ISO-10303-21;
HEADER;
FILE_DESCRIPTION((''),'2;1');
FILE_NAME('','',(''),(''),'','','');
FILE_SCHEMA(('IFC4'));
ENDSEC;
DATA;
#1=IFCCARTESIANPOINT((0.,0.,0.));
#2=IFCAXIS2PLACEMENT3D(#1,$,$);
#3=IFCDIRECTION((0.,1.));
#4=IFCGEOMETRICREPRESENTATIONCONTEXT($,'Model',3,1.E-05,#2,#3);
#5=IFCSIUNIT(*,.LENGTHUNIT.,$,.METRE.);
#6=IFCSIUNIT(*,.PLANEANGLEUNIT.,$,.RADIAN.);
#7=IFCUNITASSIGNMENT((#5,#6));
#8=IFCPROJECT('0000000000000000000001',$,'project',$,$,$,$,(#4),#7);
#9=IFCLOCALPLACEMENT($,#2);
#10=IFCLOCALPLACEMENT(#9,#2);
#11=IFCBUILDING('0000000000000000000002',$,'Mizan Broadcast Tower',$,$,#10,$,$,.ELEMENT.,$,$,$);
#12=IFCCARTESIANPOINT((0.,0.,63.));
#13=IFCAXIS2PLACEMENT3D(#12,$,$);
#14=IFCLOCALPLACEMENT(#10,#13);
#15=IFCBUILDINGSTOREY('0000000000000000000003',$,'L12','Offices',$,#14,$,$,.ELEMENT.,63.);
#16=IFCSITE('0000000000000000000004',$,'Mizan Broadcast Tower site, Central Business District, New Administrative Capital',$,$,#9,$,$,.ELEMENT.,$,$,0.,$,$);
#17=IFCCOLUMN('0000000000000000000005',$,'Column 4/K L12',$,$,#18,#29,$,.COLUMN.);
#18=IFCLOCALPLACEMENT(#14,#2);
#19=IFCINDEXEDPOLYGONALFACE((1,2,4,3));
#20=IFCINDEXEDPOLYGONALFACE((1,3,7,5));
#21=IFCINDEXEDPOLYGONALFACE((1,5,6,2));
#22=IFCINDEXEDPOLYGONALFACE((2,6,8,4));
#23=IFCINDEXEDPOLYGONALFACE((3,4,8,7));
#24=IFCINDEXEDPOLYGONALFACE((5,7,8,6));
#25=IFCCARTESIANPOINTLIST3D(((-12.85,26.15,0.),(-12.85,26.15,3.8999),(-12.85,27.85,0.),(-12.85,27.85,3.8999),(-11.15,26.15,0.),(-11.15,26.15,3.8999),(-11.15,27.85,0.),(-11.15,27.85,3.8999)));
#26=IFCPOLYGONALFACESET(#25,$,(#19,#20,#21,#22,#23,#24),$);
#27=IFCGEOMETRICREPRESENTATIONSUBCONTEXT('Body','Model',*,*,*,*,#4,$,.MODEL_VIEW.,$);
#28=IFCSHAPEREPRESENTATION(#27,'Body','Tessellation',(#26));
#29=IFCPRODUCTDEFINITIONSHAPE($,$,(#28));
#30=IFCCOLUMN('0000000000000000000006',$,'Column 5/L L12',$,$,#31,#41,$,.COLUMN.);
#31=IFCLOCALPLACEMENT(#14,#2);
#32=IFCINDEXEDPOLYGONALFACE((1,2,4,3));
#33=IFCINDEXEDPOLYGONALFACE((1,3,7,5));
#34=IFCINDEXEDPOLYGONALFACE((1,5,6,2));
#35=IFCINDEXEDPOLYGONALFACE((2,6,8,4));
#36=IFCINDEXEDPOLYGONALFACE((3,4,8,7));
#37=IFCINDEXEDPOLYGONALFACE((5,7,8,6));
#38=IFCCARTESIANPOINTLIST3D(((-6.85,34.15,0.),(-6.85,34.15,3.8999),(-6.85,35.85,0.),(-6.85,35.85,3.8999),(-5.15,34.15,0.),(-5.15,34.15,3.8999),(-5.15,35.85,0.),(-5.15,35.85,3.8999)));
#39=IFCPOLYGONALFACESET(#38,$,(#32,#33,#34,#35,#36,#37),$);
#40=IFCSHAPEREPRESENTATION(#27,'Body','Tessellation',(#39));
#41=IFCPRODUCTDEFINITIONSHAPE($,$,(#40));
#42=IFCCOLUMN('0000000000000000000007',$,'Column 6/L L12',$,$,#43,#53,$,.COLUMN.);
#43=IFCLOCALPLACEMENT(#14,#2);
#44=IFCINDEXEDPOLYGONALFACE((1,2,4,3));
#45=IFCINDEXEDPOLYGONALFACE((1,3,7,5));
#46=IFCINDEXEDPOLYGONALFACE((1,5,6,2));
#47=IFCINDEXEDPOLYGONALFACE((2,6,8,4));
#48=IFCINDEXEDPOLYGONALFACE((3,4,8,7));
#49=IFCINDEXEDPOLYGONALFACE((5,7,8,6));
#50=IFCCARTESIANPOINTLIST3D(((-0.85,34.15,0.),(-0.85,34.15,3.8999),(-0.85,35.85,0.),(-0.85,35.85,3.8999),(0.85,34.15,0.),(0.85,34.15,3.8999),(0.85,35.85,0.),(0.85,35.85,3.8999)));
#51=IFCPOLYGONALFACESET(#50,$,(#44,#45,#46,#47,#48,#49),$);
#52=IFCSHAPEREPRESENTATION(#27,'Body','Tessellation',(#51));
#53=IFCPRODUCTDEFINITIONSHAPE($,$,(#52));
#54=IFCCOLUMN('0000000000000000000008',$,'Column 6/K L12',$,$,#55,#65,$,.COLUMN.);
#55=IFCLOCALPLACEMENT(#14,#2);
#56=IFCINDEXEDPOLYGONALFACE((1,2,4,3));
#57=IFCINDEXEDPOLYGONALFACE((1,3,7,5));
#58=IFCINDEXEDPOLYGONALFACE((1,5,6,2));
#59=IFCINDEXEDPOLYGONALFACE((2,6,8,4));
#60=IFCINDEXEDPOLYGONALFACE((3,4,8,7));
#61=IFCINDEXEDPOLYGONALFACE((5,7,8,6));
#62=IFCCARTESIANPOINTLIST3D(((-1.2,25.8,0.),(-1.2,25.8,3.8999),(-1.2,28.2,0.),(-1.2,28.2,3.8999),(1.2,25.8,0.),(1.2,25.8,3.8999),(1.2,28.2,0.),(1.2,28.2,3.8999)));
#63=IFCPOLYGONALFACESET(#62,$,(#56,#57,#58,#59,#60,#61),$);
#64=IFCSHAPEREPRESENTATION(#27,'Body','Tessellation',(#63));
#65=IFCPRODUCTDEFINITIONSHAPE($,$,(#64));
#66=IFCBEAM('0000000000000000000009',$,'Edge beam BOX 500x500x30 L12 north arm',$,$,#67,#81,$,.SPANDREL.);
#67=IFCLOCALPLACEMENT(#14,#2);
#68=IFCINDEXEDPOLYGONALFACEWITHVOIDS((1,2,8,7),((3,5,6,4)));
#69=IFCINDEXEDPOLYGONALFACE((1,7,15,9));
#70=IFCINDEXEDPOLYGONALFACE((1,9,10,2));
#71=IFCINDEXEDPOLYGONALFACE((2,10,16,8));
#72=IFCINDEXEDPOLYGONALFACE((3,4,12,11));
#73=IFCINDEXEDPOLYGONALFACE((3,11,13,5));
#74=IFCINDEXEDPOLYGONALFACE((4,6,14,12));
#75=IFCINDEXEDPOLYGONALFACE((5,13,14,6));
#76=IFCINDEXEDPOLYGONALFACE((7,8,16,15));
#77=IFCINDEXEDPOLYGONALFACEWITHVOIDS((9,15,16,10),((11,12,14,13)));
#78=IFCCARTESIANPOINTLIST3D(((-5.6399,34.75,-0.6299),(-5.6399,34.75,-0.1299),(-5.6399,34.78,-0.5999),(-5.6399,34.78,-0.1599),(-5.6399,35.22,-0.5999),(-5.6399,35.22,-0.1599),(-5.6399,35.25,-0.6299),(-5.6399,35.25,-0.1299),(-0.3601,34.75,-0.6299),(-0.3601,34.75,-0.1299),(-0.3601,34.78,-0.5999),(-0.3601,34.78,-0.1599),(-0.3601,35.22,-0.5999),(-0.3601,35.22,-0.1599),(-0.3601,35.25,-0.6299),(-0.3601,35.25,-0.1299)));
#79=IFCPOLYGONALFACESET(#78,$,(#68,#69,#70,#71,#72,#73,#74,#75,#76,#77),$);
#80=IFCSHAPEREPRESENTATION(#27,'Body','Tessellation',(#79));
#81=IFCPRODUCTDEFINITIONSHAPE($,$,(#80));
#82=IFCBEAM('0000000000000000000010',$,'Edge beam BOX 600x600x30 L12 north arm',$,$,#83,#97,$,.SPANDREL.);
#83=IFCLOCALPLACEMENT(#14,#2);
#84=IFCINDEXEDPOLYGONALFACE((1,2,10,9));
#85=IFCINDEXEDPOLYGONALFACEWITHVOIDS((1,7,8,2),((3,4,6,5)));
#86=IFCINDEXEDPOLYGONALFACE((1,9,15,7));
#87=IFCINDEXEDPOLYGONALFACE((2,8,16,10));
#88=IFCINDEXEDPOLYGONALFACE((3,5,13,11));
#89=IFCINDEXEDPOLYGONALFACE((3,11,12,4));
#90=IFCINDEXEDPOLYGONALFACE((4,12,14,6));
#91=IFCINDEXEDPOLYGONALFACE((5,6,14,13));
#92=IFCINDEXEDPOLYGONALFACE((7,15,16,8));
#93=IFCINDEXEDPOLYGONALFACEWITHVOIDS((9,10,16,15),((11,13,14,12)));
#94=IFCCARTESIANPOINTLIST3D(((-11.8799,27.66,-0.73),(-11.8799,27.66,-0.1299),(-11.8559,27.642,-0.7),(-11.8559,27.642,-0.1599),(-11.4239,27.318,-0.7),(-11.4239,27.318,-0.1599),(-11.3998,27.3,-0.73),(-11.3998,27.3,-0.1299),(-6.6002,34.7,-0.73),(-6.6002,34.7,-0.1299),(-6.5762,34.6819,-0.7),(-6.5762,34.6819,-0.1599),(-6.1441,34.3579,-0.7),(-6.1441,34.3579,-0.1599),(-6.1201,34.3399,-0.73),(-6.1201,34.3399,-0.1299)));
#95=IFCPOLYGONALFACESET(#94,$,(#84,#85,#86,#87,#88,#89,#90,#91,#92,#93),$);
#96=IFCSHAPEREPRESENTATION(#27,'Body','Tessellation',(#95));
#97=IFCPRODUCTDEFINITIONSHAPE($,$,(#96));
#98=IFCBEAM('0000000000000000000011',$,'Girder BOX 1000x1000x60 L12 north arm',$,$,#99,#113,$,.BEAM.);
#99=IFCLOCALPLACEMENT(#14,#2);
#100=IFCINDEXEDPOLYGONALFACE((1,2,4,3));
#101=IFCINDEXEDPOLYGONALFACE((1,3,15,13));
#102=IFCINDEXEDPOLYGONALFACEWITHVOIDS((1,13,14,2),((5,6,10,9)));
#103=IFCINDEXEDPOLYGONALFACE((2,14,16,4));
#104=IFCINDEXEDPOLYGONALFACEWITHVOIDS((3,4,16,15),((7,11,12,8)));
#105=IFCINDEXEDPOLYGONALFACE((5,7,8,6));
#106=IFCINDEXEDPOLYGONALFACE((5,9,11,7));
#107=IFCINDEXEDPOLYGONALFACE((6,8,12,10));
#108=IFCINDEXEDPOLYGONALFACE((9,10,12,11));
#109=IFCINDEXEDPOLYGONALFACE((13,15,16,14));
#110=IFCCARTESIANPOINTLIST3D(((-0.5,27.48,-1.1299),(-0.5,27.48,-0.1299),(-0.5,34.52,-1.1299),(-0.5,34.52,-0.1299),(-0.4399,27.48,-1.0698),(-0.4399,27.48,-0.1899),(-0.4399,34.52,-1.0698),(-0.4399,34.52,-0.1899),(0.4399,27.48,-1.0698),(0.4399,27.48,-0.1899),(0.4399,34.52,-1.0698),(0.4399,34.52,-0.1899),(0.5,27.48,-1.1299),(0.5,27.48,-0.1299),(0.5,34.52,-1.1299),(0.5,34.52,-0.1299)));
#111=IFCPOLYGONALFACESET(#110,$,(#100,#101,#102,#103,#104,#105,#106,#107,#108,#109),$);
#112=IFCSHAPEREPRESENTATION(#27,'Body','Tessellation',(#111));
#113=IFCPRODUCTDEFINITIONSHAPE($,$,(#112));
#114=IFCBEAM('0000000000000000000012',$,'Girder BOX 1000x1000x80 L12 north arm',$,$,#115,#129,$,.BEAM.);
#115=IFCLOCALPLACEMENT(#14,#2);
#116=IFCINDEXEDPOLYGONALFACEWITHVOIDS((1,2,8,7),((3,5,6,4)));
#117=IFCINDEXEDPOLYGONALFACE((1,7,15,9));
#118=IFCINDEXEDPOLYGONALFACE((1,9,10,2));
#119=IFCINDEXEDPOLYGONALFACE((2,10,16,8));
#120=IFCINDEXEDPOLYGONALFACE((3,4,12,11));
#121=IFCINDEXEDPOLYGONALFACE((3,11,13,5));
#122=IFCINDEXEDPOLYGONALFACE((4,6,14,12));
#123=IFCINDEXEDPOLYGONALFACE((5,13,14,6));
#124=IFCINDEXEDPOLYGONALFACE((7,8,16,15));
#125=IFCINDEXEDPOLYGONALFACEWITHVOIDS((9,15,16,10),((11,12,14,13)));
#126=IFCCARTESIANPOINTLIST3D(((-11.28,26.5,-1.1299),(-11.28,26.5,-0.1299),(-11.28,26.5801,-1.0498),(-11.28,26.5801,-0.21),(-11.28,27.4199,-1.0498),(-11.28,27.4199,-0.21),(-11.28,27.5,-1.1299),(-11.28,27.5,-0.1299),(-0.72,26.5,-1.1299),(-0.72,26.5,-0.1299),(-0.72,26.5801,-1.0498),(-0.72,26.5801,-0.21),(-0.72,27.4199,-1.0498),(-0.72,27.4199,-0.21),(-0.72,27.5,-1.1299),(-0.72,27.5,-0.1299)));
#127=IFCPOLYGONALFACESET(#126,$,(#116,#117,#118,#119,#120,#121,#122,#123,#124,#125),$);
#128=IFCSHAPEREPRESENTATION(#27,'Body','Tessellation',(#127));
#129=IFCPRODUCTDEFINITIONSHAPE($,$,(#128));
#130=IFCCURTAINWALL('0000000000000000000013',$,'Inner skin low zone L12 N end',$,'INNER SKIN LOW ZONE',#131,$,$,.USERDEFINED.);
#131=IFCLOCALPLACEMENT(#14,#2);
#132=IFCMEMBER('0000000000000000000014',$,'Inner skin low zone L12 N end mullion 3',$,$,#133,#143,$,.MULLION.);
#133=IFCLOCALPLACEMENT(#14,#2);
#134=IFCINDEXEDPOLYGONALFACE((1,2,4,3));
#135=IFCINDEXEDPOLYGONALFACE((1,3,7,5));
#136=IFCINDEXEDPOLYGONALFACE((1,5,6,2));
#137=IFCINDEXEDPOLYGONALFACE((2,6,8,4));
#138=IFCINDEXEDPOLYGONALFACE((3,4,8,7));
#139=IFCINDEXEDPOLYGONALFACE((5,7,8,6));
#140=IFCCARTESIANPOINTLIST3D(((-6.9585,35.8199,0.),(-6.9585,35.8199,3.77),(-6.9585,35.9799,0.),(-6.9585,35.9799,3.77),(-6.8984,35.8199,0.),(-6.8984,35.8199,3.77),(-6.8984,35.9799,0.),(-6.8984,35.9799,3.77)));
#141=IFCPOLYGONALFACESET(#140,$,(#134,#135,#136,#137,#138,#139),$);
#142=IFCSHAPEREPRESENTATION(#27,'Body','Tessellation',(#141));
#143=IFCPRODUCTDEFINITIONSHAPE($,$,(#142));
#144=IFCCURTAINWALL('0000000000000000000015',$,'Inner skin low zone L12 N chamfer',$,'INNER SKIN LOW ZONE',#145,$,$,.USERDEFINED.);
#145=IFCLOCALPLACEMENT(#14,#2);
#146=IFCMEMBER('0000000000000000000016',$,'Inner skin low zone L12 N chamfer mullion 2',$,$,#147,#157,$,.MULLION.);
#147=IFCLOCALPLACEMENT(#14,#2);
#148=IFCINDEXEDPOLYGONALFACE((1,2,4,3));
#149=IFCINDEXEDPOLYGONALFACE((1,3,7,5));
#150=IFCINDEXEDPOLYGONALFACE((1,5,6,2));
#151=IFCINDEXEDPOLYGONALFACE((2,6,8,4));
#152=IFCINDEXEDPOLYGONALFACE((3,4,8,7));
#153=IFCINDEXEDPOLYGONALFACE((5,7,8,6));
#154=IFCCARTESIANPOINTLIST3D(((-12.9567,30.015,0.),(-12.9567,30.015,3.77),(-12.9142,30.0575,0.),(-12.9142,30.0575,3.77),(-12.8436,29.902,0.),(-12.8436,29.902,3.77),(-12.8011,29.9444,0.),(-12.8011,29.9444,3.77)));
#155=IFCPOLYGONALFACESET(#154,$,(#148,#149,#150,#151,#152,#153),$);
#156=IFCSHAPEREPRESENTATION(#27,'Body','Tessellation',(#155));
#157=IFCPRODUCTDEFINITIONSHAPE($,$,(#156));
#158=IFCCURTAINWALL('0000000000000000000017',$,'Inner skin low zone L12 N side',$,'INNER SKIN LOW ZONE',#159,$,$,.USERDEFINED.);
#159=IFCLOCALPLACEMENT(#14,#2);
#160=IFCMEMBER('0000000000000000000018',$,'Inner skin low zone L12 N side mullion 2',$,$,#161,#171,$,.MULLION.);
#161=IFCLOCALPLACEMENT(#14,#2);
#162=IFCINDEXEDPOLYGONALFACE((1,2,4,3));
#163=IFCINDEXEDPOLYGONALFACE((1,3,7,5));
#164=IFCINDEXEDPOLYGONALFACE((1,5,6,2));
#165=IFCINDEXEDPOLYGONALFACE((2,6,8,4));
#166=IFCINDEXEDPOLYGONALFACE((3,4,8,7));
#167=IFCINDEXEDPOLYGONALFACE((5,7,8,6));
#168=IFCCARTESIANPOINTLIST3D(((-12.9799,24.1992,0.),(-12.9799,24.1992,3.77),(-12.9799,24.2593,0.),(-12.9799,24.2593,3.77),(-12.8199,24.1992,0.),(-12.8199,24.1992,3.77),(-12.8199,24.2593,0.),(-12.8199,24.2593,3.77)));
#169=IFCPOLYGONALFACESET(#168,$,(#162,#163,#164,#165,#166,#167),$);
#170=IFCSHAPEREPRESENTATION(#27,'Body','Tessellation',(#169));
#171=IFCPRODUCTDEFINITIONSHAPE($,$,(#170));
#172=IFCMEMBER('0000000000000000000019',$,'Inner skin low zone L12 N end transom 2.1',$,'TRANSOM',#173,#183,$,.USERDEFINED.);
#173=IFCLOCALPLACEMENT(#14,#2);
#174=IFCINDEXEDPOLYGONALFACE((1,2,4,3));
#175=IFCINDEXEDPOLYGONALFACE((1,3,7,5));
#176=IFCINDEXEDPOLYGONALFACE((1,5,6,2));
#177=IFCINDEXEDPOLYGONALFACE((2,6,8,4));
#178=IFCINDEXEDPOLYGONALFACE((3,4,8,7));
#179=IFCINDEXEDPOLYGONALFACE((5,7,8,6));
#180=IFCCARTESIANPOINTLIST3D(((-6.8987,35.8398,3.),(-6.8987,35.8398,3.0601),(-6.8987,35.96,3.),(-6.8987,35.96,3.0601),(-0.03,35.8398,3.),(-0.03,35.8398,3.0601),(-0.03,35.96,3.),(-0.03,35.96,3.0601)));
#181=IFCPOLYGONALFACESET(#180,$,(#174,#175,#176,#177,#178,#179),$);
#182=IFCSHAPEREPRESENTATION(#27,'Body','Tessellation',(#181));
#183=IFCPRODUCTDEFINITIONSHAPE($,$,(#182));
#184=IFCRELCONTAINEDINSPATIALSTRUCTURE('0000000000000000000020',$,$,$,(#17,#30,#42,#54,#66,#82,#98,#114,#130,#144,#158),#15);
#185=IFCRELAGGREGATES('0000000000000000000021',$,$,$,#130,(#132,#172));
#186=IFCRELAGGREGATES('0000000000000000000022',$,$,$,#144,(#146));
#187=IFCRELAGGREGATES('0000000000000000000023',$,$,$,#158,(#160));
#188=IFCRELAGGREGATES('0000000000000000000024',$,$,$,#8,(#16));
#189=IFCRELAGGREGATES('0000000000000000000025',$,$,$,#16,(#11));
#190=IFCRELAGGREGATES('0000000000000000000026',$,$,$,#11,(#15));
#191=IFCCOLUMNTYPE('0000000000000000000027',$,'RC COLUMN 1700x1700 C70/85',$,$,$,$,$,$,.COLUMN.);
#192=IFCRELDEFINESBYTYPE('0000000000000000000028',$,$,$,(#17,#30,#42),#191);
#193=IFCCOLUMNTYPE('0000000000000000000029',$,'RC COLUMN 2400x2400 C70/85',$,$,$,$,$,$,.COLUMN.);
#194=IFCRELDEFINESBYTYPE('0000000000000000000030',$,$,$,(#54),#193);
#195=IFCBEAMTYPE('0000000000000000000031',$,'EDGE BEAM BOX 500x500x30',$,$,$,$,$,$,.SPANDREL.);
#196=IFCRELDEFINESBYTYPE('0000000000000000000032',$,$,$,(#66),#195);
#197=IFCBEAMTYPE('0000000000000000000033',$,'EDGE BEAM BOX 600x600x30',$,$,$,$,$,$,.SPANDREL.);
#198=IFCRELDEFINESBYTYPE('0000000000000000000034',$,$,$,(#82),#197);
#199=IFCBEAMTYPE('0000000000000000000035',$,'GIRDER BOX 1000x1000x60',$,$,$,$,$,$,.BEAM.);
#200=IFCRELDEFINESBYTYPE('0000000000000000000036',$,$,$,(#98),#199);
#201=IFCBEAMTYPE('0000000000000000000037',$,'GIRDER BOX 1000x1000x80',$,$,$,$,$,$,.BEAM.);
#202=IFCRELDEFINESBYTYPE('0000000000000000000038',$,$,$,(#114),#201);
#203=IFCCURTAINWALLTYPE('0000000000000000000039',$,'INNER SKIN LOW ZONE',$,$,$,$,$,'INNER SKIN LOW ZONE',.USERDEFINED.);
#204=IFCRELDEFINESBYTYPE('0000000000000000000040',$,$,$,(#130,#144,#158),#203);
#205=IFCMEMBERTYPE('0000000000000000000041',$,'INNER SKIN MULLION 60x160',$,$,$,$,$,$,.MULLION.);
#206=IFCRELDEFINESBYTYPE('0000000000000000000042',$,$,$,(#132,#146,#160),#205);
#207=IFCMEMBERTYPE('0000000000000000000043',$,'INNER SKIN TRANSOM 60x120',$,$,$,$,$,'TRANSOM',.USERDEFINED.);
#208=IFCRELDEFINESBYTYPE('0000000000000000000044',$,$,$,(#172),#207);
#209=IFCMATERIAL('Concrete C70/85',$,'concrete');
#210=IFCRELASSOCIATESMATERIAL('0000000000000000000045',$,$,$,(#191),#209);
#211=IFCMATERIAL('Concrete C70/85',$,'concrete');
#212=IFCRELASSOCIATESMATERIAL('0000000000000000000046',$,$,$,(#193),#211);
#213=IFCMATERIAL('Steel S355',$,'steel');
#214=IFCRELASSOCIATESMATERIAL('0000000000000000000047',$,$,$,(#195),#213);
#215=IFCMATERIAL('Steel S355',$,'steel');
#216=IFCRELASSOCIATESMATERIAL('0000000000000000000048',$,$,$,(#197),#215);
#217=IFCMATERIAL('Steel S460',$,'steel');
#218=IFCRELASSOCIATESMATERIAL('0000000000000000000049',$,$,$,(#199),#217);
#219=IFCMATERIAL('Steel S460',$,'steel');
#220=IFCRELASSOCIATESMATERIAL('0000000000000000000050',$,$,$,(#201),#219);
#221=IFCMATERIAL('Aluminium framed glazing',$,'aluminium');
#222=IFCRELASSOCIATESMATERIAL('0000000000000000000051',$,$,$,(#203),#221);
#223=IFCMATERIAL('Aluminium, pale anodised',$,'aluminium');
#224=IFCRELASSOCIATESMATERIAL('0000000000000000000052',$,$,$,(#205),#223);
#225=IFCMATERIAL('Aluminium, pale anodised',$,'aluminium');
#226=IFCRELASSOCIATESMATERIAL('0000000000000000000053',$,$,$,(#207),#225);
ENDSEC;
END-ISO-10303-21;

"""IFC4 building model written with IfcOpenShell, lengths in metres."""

from ifc_helpers import new_model, si_unit, direction, frame, origin, origin_2d, place, context, subcontext, project, spatial, rectangle, hollow_rectangle, extrude, material, material_profile, profile_set, type_object, element, aggregate, save


model = new_model("IFC4")

# Units and contexts
model_context = context("Model", 3, precision=1e-05, world=origin(), true_north=direction((0.0, 1.0)))
body_context = subcontext(model_context, "Body", "Model", "MODEL_VIEW")
ifc_project = project(units=[si_unit("LENGTHUNIT", "METRE"), si_unit("PLANEANGLEUNIT", "RADIAN")], contexts=[model_context])

# Site, building, storey
site_placement = place(None, origin())
site = spatial("IfcSite", under=ifc_project, at=site_placement, Name="Mizan Broadcast Tower site, Central Business District, New Administrative Capital", CompositionType="ELEMENT", RefElevation=0.0)
building_placement = place(site_placement, origin())
building = spatial("IfcBuilding", under=site, at=building_placement, Name="Mizan Broadcast Tower", CompositionType="ELEMENT")
storey_placement = place(building_placement, frame((0.0, 0.0, 63.0)))
storey = spatial("IfcBuildingStorey", under=building, at=storey_placement, Name="L12", Description="Offices", CompositionType="ELEMENT", Elevation=63.0)

# Columns
ifc_material_1 = material(Name="Concrete C70/85", Category="concrete")
ifc_material_profile_1 = material_profile(ifc_material_1, rectangle(XDim=1.7, YDim=1.7, at=origin_2d()), Name="RC 1700x1700")
ifc_profile_set_1 = profile_set([ifc_material_profile_1], Name="Concrete C70/85")
column_type_1 = type_object("IfcColumnType", Name="RC COLUMN 1700x1700 C70/85", PredefinedType="COLUMN", material=ifc_profile_set_1)
for number, where, z_axis, x_axis, name in (
    (1, (-12.0, 27.0, 0.0), (0.0, 0.0, 1.0), (1.0, 0.0, 0.0), "Column 4/K L12"),
    (2, (-6.0, 35.0, 0.0), (0.0, 0.0, 1.0), (1.0, 0.0, 0.0), "Column 5/L L12"),
    (3, (0.0, 35.0, 0.0), (0.0, 0.0, 1.0), (1.0, 0.0, 0.0), "Column 6/L L12"),
):
    element("IfcColumn", number, at=place(storey_placement, frame(where, z_axis=z_axis, x_axis=x_axis)), inside=storey, type_object=column_type_1, Name=name, PredefinedType="COLUMN", context=body_context, shape_type="SweptSolid", body=[
        extrude(rectangle(XDim=1.7, YDim=1.7, at=origin_2d()), origin(), (0.0, 0.0, 1.0), 3.8999),
    ])
ifc_material_2 = material(Name="Concrete C70/85", Category="concrete")
ifc_material_profile_2 = material_profile(ifc_material_2, rectangle(XDim=2.3999, YDim=2.3999, at=origin_2d()), Name="RC 2400x2400")
ifc_profile_set_2 = profile_set([ifc_material_profile_2], Name="Concrete C70/85")
column_type_2 = type_object("IfcColumnType", Name="RC COLUMN 2400x2400 C70/85", PredefinedType="COLUMN", material=ifc_profile_set_2)
column_placement = place(storey_placement, frame((0.0, 27.0, 0.0), z_axis=(0.0, 0.0, 1.0), x_axis=(1.0, 0.0, 0.0)))
element("IfcColumn", 4, at=column_placement, inside=storey, type_object=column_type_2, Name="Column 6/K L12", PredefinedType="COLUMN", context=body_context, shape_type="SweptSolid", body=[
    extrude(rectangle(XDim=2.3999, YDim=2.3999, at=origin_2d()), origin(), (0.0, 0.0, 1.0), 3.8999),
])

# Beams
ifc_material_3 = material(Name="Steel S355", Category="steel")
ifc_material_profile_3 = material_profile(ifc_material_3, hollow_rectangle(XDim=0.5, YDim=0.5, WallThickness=0.03, at=origin_2d()), Name="BOX 500x500x30")
ifc_profile_set_3 = profile_set([ifc_material_profile_3], Name="Steel S355")
beam_type_1 = type_object("IfcBeamType", Name="EDGE BEAM BOX 500x500x30", PredefinedType="SPANDREL", material=ifc_profile_set_3)
beam_1_placement = place(storey_placement, frame((-5.6399, 35.0, -0.3799), z_axis=(1.0, 0.0, 0.0), x_axis=(0.0, 1.0, 0.0)))
element("IfcBeam", 5, at=beam_1_placement, inside=storey, type_object=beam_type_1, Name="Edge beam BOX 500x500x30 L12 north arm", PredefinedType="SPANDREL", context=body_context, shape_type="SweptSolid", body=[
    extrude(hollow_rectangle(XDim=0.5, YDim=0.5, WallThickness=0.03, at=origin_2d()), origin(), (0.0, 0.0, 1.0), 5.2798),
])
ifc_material_4 = material(Name="Steel S355", Category="steel")
ifc_material_profile_4 = material_profile(ifc_material_4, hollow_rectangle(XDim=0.6001, YDim=0.6001, WallThickness=0.03, at=origin_2d()), Name="BOX 600x600x30")
ifc_profile_set_4 = profile_set([ifc_material_profile_4], Name="Steel S355")
beam_type_2 = type_object("IfcBeamType", Name="EDGE BEAM BOX 600x600x30", PredefinedType="SPANDREL", material=ifc_profile_set_4)
beam_2_placement = place(storey_placement, frame((-11.6399, 27.48, -0.4299), z_axis=(0.599982, 0.800013, 0.0), x_axis=(-0.800013, 0.599982, 0.0)))
element("IfcBeam", 6, at=beam_2_placement, inside=storey, type_object=beam_type_2, Name="Edge beam BOX 600x600x30 L12 north arm", PredefinedType="SPANDREL", context=body_context, shape_type="SweptSolid", body=[
    extrude(hollow_rectangle(XDim=0.6001, YDim=0.6001, WallThickness=0.03, at=origin_2d()), origin(), (0.0, 0.0, 1.0), 8.7998),
])
ifc_material_5 = material(Name="Steel S460", Category="steel")
ifc_material_profile_5 = material_profile(ifc_material_5, hollow_rectangle(XDim=1.0, YDim=1.0, WallThickness=0.0601, at=origin_2d()), Name="BOX 1000x1000x60")
ifc_profile_set_5 = profile_set([ifc_material_profile_5], Name="Steel S460")
beam_type_3 = type_object("IfcBeamType", Name="GIRDER BOX 1000x1000x60", PredefinedType="BEAM", material=ifc_profile_set_5)
beam_3_placement = place(storey_placement, frame((0.0, 27.48, -0.6299), z_axis=(0.0, 1.0, 0.0), x_axis=(-1.0, 0.0, 0.0)))
element("IfcBeam", 7, at=beam_3_placement, inside=storey, type_object=beam_type_3, Name="Girder BOX 1000x1000x60 L12 north arm", PredefinedType="BEAM", context=body_context, shape_type="SweptSolid", body=[
    extrude(hollow_rectangle(XDim=1.0, YDim=1.0, WallThickness=0.0601, at=origin_2d()), origin(), (0.0, 0.0, 1.0), 7.04),
])
ifc_material_6 = material(Name="Steel S460", Category="steel")
ifc_material_profile_6 = material_profile(ifc_material_6, hollow_rectangle(XDim=1.0, YDim=1.0, WallThickness=0.0801, at=origin_2d()), Name="BOX 1000x1000x80")
ifc_profile_set_6 = profile_set([ifc_material_profile_6], Name="Steel S460")
beam_type_4 = type_object("IfcBeamType", Name="GIRDER BOX 1000x1000x80", PredefinedType="BEAM", material=ifc_profile_set_6)
beam_4_placement = place(storey_placement, frame((-11.28, 27.0, -0.6299), z_axis=(1.0, 0.0, 0.0), x_axis=(0.0, 1.0, 0.0)))
element("IfcBeam", 8, at=beam_4_placement, inside=storey, type_object=beam_type_4, Name="Girder BOX 1000x1000x80 L12 north arm", PredefinedType="BEAM", context=body_context, shape_type="SweptSolid", body=[
    extrude(hollow_rectangle(XDim=1.0, YDim=1.0, WallThickness=0.0801, at=origin_2d()), origin(), (0.0, 0.0, 1.0), 10.5601),
])

# Curtain walls, members
ifc_material_7 = material(Name="Aluminium framed glazing", Category="aluminium")
curtain_wall_type_1 = type_object("IfcCurtainWallType", Name="INNER SKIN LOW ZONE", ElementType="INNER SKIN LOW ZONE", PredefinedType="USERDEFINED", material=ifc_material_7)
curtain_wall_1_placement = place(storey_placement, origin())
curtain_wall_1 = element("IfcCurtainWall", 9, at=curtain_wall_1_placement, inside=storey, type_object=curtain_wall_type_1, Name="Inner skin low zone L12 N end", ObjectType="INNER SKIN LOW ZONE", PredefinedType="USERDEFINED")
ifc_material_8 = material(Name="Aluminium, pale anodised", Category="aluminium")
ifc_material_profile_7 = material_profile(ifc_material_8, rectangle(XDim=0.1599, YDim=0.0601, at=origin_2d()), Name="MULLION 160x60")
ifc_profile_set_7 = profile_set([ifc_material_profile_7], Name="Aluminium, pale anodised")
member_type_1 = type_object("IfcMemberType", Name="INNER SKIN MULLION 60x160", PredefinedType="MULLION", material=ifc_profile_set_7)
member_1_placement = place(storey_placement, frame((-6.9285, 35.8999, 0.0), z_axis=(0.0, 0.0, 1.0), x_axis=(0.0, -1.0, 0.0)))
member_1 = element("IfcMember", 10, at=member_1_placement, type_object=member_type_1, Name="Inner skin low zone L12 N end mullion 3", PredefinedType="MULLION", context=body_context, shape_type="SweptSolid", body=[
    extrude(rectangle(XDim=0.1599, YDim=0.0601, at=origin_2d()), origin(), (0.0, 0.0, 1.0), 3.77),
])
curtain_wall_2_placement = place(storey_placement, origin())
curtain_wall_2 = element("IfcCurtainWall", 11, at=curtain_wall_2_placement, inside=storey, type_object=curtain_wall_type_1, Name="Inner skin low zone L12 N chamfer", ObjectType="INNER SKIN LOW ZONE", PredefinedType="USERDEFINED")
member_2_placement = place(storey_placement, frame((-12.8789, 29.9797, 0.0), z_axis=(0.0, 0.0, 1.0), x_axis=(0.707107, -0.707107, 0.0)))
member_2 = element("IfcMember", 12, at=member_2_placement, type_object=member_type_1, Name="Inner skin low zone L12 N chamfer mullion 2", PredefinedType="MULLION", context=body_context, shape_type="SweptSolid", body=[
    extrude(rectangle(XDim=0.1599, YDim=0.0601, at=origin_2d()), origin(), (0.0, 0.0, 1.0), 3.77),
])
curtain_wall_3_placement = place(storey_placement, origin())
curtain_wall_3 = element("IfcCurtainWall", 13, at=curtain_wall_3_placement, inside=storey, type_object=curtain_wall_type_1, Name="Inner skin low zone L12 N side", ObjectType="INNER SKIN LOW ZONE", PredefinedType="USERDEFINED")
member_3_placement = place(storey_placement, frame((-12.8999, 24.2292, 0.0), z_axis=(0.0, 0.0, 1.0), x_axis=(1.0, 0.0, 0.0)))
member_3 = element("IfcMember", 14, at=member_3_placement, type_object=member_type_1, Name="Inner skin low zone L12 N side mullion 2", PredefinedType="MULLION", context=body_context, shape_type="SweptSolid", body=[
    extrude(rectangle(XDim=0.1599, YDim=0.0601, at=origin_2d()), origin(), (0.0, 0.0, 1.0), 3.77),
])

# Member
ifc_material_9 = material(Name="Aluminium, pale anodised", Category="aluminium")
ifc_material_profile_8 = material_profile(ifc_material_9, rectangle(XDim=0.1201, YDim=0.0601, at=origin_2d()), Name="TRANSOM 120x60")
ifc_profile_set_8 = profile_set([ifc_material_profile_8], Name="Aluminium, pale anodised")
member_type_2 = type_object("IfcMemberType", Name="INNER SKIN TRANSOM 60x120", ElementType="TRANSOM", PredefinedType="USERDEFINED", material=ifc_profile_set_8)
member_4_placement = place(storey_placement, frame((-0.03, 35.8999, 3.03), z_axis=(-1.0, 0.0, 0.0), x_axis=(0.0, -1.0, 0.0)))
member_4 = element("IfcMember", 15, at=member_4_placement, type_object=member_type_2, Name="Inner skin low zone L12 N end transom 2.1", ObjectType="TRANSOM", PredefinedType="USERDEFINED", context=body_context, shape_type="SweptSolid", body=[
    extrude(rectangle(XDim=0.1201, YDim=0.0601, at=origin_2d()), origin(), (0.0, 0.0, 1.0), 6.8687),
])

aggregate(curtain_wall_1, [member_1, member_4])
aggregate(curtain_wall_2, [member_2])
aggregate(curtain_wall_3, [member_3])

save(model, "model.ifc")
